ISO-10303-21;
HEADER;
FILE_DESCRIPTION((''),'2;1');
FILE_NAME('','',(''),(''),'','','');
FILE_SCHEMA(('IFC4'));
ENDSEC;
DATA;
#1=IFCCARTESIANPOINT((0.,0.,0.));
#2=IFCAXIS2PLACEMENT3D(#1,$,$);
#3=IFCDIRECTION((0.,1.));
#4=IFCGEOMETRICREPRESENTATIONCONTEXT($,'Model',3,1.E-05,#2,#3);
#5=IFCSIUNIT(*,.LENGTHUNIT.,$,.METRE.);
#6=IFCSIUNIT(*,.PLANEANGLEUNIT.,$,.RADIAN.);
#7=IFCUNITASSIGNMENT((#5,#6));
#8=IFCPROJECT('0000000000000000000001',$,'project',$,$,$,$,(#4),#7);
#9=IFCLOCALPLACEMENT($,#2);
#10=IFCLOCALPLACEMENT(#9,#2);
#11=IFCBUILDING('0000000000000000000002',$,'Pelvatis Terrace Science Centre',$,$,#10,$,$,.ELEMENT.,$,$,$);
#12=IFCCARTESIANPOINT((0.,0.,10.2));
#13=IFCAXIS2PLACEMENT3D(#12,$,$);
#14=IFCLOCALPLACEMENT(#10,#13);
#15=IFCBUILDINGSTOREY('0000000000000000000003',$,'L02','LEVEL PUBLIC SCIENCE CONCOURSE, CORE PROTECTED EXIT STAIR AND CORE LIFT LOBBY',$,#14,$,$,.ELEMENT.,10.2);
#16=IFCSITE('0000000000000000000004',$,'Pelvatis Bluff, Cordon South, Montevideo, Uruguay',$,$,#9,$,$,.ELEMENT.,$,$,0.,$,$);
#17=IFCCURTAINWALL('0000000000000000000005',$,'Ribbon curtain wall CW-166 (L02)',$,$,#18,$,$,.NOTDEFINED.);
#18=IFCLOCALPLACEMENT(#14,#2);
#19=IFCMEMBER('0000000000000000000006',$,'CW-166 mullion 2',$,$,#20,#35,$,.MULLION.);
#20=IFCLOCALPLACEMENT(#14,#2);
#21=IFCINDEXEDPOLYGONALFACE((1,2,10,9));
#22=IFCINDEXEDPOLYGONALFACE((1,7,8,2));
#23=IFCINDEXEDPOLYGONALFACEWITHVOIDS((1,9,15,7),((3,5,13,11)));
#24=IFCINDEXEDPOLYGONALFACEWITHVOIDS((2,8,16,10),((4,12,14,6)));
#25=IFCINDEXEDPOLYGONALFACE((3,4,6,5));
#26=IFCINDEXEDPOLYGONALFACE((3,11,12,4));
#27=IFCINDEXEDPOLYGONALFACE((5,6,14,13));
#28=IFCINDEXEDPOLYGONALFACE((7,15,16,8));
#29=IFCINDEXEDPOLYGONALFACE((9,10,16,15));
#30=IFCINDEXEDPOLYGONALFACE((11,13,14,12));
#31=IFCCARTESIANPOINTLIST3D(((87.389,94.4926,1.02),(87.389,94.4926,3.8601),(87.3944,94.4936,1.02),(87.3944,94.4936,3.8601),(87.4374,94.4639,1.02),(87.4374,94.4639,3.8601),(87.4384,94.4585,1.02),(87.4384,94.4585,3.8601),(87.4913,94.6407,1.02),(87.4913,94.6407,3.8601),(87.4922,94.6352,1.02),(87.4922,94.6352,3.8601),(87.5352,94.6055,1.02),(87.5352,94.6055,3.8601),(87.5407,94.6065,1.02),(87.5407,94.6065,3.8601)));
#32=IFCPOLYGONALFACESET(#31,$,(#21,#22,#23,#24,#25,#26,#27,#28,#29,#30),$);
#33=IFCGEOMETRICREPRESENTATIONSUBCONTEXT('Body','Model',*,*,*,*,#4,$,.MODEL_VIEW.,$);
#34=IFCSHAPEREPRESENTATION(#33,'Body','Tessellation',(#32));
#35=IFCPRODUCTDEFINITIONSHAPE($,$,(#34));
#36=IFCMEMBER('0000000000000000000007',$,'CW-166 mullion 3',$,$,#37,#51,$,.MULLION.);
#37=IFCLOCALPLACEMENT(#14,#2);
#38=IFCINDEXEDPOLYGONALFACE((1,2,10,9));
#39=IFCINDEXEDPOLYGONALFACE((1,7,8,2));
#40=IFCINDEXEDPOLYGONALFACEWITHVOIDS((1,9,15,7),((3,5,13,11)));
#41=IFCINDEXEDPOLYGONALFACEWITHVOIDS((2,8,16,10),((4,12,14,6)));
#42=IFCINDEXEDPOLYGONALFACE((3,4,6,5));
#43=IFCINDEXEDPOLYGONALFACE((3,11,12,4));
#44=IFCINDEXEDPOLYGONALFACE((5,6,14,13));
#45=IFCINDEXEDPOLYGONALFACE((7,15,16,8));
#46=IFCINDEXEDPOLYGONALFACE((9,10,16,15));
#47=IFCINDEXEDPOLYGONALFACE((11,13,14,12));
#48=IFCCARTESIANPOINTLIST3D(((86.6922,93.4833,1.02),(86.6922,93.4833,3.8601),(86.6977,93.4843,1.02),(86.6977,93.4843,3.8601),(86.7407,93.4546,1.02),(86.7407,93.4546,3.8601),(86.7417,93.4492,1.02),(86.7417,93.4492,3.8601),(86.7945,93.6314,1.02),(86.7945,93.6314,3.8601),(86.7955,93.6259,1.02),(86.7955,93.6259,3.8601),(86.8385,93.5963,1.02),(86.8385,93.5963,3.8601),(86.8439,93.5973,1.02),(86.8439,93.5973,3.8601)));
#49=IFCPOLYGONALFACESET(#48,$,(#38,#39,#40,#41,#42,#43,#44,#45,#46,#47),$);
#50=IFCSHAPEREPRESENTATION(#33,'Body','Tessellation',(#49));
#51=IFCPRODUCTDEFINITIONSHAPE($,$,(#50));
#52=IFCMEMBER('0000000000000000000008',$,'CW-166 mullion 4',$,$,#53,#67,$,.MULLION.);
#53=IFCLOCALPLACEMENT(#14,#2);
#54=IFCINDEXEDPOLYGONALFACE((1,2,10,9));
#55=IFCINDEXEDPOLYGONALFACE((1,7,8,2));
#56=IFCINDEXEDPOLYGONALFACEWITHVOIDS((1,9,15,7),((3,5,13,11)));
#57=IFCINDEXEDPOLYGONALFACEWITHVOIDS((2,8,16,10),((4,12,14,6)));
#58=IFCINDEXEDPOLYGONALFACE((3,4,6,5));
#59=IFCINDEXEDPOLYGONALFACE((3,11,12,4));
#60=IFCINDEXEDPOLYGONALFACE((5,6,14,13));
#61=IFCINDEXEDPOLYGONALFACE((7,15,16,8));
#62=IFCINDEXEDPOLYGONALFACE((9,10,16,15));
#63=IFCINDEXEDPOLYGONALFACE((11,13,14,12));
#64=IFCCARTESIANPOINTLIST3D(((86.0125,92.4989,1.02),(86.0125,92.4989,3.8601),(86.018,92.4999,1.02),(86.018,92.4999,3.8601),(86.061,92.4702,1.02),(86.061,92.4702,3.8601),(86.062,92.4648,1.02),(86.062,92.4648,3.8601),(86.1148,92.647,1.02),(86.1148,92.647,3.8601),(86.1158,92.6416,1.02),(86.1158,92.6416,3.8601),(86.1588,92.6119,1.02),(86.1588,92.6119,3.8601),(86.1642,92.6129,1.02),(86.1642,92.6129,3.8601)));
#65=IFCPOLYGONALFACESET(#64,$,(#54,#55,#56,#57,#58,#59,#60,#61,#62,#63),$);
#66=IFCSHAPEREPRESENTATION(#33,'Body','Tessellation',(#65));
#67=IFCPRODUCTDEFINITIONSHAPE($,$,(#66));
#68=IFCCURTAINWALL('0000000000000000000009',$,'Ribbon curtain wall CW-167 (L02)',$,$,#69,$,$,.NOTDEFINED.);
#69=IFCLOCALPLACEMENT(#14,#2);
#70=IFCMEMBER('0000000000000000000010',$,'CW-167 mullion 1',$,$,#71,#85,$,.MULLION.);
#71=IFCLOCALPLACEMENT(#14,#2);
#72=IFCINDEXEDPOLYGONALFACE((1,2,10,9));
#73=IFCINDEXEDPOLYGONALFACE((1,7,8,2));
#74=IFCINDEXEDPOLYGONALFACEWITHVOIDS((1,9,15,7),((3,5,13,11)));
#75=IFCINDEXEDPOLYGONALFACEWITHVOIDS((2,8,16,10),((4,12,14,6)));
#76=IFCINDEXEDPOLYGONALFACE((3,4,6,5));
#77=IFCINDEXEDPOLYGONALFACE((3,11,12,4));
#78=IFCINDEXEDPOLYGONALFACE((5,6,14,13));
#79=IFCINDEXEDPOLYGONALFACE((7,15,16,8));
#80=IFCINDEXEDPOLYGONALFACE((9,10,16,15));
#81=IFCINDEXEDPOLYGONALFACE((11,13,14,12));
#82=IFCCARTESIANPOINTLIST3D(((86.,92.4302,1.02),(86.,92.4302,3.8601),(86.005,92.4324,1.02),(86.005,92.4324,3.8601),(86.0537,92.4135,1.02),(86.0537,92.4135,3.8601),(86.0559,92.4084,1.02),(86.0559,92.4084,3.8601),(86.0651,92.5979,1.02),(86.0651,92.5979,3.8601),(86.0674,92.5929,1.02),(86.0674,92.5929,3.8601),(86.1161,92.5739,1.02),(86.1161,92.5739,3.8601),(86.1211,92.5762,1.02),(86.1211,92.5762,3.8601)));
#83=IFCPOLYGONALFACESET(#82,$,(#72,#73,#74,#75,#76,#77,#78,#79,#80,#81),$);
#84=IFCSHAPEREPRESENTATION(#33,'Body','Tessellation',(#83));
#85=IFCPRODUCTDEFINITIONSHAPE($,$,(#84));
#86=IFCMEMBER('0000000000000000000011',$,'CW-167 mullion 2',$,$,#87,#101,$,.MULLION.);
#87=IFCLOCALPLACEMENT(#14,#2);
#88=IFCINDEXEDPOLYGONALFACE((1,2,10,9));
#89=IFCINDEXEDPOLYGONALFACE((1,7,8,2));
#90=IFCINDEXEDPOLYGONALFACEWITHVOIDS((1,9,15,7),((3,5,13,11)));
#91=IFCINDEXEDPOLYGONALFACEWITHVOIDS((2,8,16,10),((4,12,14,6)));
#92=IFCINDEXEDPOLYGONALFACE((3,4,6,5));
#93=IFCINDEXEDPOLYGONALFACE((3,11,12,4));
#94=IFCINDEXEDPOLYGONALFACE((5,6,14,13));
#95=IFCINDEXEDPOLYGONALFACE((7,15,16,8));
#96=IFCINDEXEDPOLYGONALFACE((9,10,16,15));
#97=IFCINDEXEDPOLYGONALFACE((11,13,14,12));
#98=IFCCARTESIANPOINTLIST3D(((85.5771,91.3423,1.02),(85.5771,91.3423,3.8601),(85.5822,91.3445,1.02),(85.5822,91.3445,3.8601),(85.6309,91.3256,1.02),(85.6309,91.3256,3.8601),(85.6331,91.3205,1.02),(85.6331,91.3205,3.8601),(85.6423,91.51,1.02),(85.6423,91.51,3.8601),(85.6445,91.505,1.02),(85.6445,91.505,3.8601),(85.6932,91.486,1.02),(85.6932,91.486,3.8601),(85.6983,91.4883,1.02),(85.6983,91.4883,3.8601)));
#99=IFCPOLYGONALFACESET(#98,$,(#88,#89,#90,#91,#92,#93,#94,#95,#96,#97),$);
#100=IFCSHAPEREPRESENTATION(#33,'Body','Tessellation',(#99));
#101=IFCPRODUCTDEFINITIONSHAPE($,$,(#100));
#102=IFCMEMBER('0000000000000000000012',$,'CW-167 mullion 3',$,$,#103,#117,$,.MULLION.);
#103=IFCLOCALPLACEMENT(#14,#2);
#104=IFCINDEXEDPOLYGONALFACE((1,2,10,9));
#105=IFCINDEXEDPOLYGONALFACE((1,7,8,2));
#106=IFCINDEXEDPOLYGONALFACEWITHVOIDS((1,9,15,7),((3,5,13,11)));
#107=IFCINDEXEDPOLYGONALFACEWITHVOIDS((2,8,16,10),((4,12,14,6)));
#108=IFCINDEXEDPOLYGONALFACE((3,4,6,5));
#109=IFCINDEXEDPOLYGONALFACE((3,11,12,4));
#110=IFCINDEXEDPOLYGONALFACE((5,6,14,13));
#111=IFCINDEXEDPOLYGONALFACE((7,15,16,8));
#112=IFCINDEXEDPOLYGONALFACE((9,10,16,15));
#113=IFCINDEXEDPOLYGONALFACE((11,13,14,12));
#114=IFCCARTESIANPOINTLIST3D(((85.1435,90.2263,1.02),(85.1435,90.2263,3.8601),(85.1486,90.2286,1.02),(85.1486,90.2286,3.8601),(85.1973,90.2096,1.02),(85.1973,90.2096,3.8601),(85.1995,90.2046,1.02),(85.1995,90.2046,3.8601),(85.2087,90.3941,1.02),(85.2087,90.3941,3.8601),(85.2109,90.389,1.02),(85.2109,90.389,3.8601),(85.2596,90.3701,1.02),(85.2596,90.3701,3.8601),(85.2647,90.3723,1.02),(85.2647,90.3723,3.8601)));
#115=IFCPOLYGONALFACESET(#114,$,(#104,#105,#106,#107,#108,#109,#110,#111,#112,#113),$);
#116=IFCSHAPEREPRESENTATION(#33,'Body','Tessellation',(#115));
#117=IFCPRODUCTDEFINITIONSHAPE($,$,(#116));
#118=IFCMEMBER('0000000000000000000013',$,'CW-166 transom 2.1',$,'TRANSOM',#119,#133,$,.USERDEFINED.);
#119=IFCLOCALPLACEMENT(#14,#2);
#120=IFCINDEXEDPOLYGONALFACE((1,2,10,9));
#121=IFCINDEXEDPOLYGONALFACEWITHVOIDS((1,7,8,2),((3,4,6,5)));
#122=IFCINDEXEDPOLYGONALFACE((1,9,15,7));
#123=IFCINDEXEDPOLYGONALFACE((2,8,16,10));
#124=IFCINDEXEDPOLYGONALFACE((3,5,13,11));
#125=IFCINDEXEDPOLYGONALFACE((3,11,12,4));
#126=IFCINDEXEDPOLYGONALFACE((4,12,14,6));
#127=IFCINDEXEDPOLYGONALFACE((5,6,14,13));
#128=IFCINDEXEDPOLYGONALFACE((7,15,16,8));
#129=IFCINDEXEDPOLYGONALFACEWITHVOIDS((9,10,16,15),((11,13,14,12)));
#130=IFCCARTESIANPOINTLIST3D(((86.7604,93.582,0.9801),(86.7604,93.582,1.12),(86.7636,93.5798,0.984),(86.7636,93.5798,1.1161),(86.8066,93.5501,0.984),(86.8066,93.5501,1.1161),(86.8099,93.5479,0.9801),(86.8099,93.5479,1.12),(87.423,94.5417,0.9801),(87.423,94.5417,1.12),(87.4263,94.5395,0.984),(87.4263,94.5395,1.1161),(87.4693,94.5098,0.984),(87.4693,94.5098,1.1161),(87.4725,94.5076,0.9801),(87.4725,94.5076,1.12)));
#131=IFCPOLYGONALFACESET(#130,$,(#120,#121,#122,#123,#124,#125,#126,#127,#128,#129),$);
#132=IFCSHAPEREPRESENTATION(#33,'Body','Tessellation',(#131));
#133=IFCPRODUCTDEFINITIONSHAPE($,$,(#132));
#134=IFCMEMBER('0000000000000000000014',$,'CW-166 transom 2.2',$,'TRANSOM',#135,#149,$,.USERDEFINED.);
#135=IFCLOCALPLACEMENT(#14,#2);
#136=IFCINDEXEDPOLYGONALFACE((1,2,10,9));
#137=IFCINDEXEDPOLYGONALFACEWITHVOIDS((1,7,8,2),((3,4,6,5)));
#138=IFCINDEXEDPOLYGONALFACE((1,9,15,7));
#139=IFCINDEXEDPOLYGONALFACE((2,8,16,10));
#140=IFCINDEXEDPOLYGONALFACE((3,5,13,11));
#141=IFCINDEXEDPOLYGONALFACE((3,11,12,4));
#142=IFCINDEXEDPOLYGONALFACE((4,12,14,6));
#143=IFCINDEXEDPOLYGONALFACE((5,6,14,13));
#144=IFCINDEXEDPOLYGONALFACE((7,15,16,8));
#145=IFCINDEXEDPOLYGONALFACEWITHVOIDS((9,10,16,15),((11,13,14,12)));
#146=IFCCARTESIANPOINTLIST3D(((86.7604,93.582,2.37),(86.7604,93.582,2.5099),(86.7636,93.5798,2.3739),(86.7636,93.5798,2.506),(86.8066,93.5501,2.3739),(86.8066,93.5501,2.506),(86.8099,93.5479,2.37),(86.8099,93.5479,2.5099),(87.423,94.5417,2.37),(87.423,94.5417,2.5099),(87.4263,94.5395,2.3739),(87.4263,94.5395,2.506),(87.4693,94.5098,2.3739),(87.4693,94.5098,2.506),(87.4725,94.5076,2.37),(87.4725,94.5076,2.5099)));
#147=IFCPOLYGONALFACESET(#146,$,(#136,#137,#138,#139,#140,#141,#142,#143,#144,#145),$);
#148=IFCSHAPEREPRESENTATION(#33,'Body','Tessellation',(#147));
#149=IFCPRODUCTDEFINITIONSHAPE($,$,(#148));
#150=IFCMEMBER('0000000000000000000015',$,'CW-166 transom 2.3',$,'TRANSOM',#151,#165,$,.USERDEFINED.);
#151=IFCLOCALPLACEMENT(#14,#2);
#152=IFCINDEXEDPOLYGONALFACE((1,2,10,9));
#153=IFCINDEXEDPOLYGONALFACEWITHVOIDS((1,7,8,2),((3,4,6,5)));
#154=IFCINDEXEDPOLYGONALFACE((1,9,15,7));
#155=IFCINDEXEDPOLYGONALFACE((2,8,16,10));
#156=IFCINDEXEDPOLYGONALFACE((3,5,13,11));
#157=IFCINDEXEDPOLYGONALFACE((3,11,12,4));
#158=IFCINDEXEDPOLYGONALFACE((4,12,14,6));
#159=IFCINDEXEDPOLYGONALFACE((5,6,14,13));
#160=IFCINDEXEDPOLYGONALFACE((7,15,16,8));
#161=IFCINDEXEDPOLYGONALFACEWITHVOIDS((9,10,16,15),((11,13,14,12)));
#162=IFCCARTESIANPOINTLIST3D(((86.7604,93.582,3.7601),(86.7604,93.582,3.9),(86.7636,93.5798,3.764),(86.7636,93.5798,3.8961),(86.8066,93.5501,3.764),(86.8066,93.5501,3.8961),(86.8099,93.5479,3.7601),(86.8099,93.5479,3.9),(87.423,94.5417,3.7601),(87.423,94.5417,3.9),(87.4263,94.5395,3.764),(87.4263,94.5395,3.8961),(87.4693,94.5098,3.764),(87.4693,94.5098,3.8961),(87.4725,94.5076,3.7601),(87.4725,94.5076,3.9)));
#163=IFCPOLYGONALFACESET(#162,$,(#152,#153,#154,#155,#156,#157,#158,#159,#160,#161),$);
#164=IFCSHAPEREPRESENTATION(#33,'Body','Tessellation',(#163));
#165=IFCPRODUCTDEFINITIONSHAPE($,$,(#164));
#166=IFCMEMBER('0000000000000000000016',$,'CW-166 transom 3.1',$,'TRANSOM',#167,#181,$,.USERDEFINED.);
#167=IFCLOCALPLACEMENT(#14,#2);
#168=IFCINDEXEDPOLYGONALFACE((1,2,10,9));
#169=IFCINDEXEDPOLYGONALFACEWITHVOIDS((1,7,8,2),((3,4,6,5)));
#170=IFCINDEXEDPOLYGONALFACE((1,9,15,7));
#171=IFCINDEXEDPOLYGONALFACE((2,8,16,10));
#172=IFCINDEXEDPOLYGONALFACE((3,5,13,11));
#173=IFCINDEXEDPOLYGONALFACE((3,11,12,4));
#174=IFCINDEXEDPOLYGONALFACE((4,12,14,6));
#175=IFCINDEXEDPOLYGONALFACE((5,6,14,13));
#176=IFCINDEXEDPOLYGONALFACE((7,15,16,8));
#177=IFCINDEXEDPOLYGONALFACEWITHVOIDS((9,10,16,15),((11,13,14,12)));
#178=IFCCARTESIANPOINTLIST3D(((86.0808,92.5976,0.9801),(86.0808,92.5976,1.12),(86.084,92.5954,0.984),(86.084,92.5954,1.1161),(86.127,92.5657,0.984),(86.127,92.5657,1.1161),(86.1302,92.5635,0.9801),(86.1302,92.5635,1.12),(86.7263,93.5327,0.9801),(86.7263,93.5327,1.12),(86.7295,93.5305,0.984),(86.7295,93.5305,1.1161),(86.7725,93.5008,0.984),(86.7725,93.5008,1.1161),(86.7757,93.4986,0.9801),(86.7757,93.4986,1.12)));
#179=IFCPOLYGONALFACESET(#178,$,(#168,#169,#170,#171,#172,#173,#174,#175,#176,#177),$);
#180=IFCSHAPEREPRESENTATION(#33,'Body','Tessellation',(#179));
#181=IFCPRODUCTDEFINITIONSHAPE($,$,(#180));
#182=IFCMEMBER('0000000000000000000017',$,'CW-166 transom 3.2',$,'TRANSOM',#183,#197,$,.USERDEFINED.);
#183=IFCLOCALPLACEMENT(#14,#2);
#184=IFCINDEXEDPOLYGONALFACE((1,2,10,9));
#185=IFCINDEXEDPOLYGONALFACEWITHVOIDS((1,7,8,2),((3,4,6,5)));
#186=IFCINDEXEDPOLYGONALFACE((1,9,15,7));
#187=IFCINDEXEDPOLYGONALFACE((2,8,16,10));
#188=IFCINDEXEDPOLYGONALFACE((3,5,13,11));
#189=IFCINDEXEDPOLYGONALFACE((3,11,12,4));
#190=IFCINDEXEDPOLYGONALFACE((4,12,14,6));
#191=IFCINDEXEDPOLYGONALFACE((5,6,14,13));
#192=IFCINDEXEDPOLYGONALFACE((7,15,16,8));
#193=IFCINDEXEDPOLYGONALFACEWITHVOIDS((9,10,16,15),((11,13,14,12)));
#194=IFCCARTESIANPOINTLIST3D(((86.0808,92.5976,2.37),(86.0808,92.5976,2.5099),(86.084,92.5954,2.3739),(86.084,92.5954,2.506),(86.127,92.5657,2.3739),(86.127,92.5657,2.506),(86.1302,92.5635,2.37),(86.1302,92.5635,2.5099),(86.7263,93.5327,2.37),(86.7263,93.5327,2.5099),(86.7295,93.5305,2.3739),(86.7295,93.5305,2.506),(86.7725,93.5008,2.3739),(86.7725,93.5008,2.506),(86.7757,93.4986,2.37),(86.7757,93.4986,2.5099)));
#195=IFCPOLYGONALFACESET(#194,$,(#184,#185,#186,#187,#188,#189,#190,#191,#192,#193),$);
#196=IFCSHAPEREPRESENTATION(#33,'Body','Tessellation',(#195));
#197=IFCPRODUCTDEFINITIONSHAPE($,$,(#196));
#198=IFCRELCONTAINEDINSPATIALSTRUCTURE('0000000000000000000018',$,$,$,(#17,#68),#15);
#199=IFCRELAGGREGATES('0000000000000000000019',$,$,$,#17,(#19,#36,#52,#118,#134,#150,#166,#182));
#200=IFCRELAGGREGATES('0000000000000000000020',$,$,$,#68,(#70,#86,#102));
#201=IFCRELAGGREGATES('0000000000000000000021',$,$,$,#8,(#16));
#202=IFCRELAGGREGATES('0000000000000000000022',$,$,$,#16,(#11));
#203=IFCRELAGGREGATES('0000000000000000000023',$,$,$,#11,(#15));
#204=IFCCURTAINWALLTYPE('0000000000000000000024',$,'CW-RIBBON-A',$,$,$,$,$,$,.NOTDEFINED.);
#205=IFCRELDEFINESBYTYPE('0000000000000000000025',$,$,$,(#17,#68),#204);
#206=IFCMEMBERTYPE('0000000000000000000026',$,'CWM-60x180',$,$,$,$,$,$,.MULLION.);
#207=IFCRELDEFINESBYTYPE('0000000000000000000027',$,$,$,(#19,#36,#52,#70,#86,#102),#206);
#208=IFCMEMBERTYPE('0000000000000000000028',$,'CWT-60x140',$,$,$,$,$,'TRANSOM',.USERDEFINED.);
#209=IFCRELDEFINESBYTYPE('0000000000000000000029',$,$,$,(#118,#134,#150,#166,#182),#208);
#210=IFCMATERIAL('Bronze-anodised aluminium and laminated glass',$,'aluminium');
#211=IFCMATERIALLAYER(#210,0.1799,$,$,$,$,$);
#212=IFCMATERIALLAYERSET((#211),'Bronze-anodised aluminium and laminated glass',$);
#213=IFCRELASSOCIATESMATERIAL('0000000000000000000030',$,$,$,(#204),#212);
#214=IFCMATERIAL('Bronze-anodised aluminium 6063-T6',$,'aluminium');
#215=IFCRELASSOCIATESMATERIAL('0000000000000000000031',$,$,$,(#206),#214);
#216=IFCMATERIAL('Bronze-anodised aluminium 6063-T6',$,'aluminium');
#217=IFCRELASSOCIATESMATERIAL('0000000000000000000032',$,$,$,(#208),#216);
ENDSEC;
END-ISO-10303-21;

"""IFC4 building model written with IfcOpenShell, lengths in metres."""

from ifc_helpers import new_model, si_unit, direction, frame, origin, origin_2d, place, context, subcontext, project, spatial, hollow_rectangle, extrude, material, layer, layer_set, material_profile, profile_set, type_object, element, aggregate, save


model = new_model("IFC4")

# Units and contexts
model_context = context("Model", 3, precision=1e-05, world=origin(), true_north=direction((0.0, 1.0)))
body_context = subcontext(model_context, "Body", "Model", "MODEL_VIEW")
ifc_project = project(units=[si_unit("LENGTHUNIT", "METRE"), si_unit("PLANEANGLEUNIT", "RADIAN")], contexts=[model_context])

# Site, building, storey
site_placement = place(None, origin())
site = spatial("IfcSite", under=ifc_project, at=site_placement, Name="Pelvatis Bluff, Cordon South, Montevideo, Uruguay", CompositionType="ELEMENT", RefElevation=0.0)
building_placement = place(site_placement, origin())
building = spatial("IfcBuilding", under=site, at=building_placement, Name="Pelvatis Terrace Science Centre", CompositionType="ELEMENT")
storey_placement = place(building_placement, frame((0.0, 0.0, 10.2)))
storey = spatial("IfcBuildingStorey", under=building, at=storey_placement, Name="L02", Description="LEVEL PUBLIC SCIENCE CONCOURSE, CORE PROTECTED EXIT STAIR AND CORE LIFT LOBBY", CompositionType="ELEMENT", Elevation=10.2)

# Curtain walls, members
ifc_material_1 = material(Name="Bronze-anodised aluminium and laminated glass", Category="aluminium")
ifc_layer_1 = layer(ifc_material_1, 0.1799)
ifc_layer_set_1 = layer_set([ifc_layer_1], Name="Bronze-anodised aluminium and laminated glass")
curtain_wall_type = type_object("IfcCurtainWallType", Name="CW-RIBBON-A", PredefinedType="NOTDEFINED", material=ifc_layer_set_1)
curtain_wall_1_placement = place(storey_placement, origin())
curtain_wall_1 = element("IfcCurtainWall", 1, at=curtain_wall_1_placement, inside=storey, type_object=curtain_wall_type, Name="Ribbon curtain wall CW-166 (L02)", PredefinedType="NOTDEFINED")
ifc_material_2 = material(Name="Bronze-anodised aluminium 6063-T6", Category="aluminium")
ifc_material_profile_1 = material_profile(ifc_material_2, hollow_rectangle(XDim=0.0601, YDim=0.1799, WallThickness=0.0039, at=origin_2d()), Name="ALU-MUL 60x180")
ifc_profile_set_1 = profile_set([ifc_material_profile_1], Name="Bronze-anodised aluminium 6063-T6")
member_type_1 = type_object("IfcMemberType", Name="CWM-60x180", PredefinedType="MULLION", material=ifc_profile_set_1)
member_1_placement = place(storey_placement, frame((87.4648, 94.5496, 1.02), z_axis=(0.0, 0.0, 1.0), x_axis=(0.82289, -0.5682, 0.0)))
member_1 = element("IfcMember", 2, at=member_1_placement, type_object=member_type_1, Name="CW-166 mullion 2", PredefinedType="MULLION", context=body_context, shape_type="SweptSolid", body=[
    extrude(hollow_rectangle(XDim=0.0601, YDim=0.1799, WallThickness=0.0039, at=origin_2d()), origin(), (0.0, 0.0, 1.0), 2.8401),
])
member_2_placement = place(storey_placement, frame((86.7681, 93.5403, 1.02), z_axis=(0.0, 0.0, 1.0), x_axis=(0.82289, -0.5682, 0.0)))
member_2 = element("IfcMember", 3, at=member_2_placement, type_object=member_type_1, Name="CW-166 mullion 3", PredefinedType="MULLION", context=body_context, shape_type="SweptSolid", body=[
    extrude(hollow_rectangle(XDim=0.0601, YDim=0.1799, WallThickness=0.0039, at=origin_2d()), origin(), (0.0, 0.0, 1.0), 2.8401),
])
member_3_placement = place(storey_placement, frame((86.0884, 92.5559, 1.02), z_axis=(0.0, 0.0, 1.0), x_axis=(0.82289, -0.5682, 0.0)))
member_3 = element("IfcMember", 4, at=member_3_placement, type_object=member_type_1, Name="CW-166 mullion 4", PredefinedType="MULLION", context=body_context, shape_type="SweptSolid", body=[
    extrude(hollow_rectangle(XDim=0.0601, YDim=0.1799, WallThickness=0.0039, at=origin_2d()), origin(), (0.0, 0.0, 1.0), 2.8401),
])
curtain_wall_2_placement = place(storey_placement, origin())
curtain_wall_2 = element("IfcCurtainWall", 5, at=curtain_wall_2_placement, inside=storey, type_object=curtain_wall_type, Name="Ribbon curtain wall CW-167 (L02)", PredefinedType="NOTDEFINED")
member_4_placement = place(storey_placement, frame((86.0605, 92.5032, 1.02), z_axis=(0.0, 0.0, 1.0), x_axis=(0.932092, -0.362221, 0.0)))
member_4 = element("IfcMember", 6, at=member_4_placement, type_object=member_type_1, Name="CW-167 mullion 1", PredefinedType="MULLION", context=body_context, shape_type="SweptSolid", body=[
    extrude(hollow_rectangle(XDim=0.0601, YDim=0.1799, WallThickness=0.0039, at=origin_2d()), origin(), (0.0, 0.0, 1.0), 2.8401),
])
member_5_placement = place(storey_placement, frame((85.6377, 91.4153, 1.02), z_axis=(0.0, 0.0, 1.0), x_axis=(0.932092, -0.362221, 0.0)))
member_5 = element("IfcMember", 7, at=member_5_placement, type_object=member_type_1, Name="CW-167 mullion 2", PredefinedType="MULLION", context=body_context, shape_type="SweptSolid", body=[
    extrude(hollow_rectangle(XDim=0.0601, YDim=0.1799, WallThickness=0.0039, at=origin_2d()), origin(), (0.0, 0.0, 1.0), 2.8401),
])
member_6_placement = place(storey_placement, frame((85.2041, 90.2993, 1.02), z_axis=(0.0, 0.0, 1.0), x_axis=(0.932092, -0.362221, 0.0)))
member_6 = element("IfcMember", 8, at=member_6_placement, type_object=member_type_1, Name="CW-167 mullion 3", PredefinedType="MULLION", context=body_context, shape_type="SweptSolid", body=[
    extrude(hollow_rectangle(XDim=0.0601, YDim=0.1799, WallThickness=0.0039, at=origin_2d()), origin(), (0.0, 0.0, 1.0), 2.8401),
])

# Members
ifc_material_3 = material(Name="Bronze-anodised aluminium 6063-T6", Category="aluminium")
ifc_material_profile_2 = material_profile(ifc_material_3, hollow_rectangle(XDim=0.0601, YDim=0.1399, WallThickness=0.0039, at=origin_2d()), Name="ALU-TRN 60x140")
ifc_profile_set_2 = profile_set([ifc_material_profile_2], Name="Bronze-anodised aluminium 6063-T6")
member_type_2 = type_object("IfcMemberType", Name="CWT-60x140", ElementType="TRANSOM", PredefinedType="USERDEFINED", material=ifc_profile_set_2)
member_7_placement = place(storey_placement, frame((87.4478, 94.5247, 1.05), z_axis=(-0.568154, -0.822923, 0.0), x_axis=(0.822923, -0.568154, 0.0)))
member_7 = element("IfcMember", 9, at=member_7_placement, type_object=member_type_2, Name="CW-166 transom 2.1", ObjectType="TRANSOM", PredefinedType="USERDEFINED", context=body_context, shape_type="SweptSolid", body=[
    extrude(hollow_rectangle(XDim=0.0601, YDim=0.1399, WallThickness=0.0039, at=origin_2d()), origin(), (0.0, 0.0, 1.0), 1.1663),
])
member_8_placement = place(storey_placement, frame((87.4478, 94.5247, 2.4399), z_axis=(-0.568154, -0.822923, 0.0), x_axis=(0.822923, -0.568154, 0.0)))
member_8 = element("IfcMember", 10, at=member_8_placement, type_object=member_type_2, Name="CW-166 transom 2.2", ObjectType="TRANSOM", PredefinedType="USERDEFINED", context=body_context, shape_type="SweptSolid", body=[
    extrude(hollow_rectangle(XDim=0.0601, YDim=0.1399, WallThickness=0.0039, at=origin_2d()), origin(), (0.0, 0.0, 1.0), 1.1663),
])
member_9_placement = place(storey_placement, frame((87.4478, 94.5247, 3.8301), z_axis=(-0.568154, -0.822923, 0.0), x_axis=(0.822923, -0.568154, 0.0)))
member_9 = element("IfcMember", 11, at=member_9_placement, type_object=member_type_2, Name="CW-166 transom 2.3", ObjectType="TRANSOM", PredefinedType="USERDEFINED", context=body_context, shape_type="SweptSolid", body=[
    extrude(hollow_rectangle(XDim=0.0601, YDim=0.1399, WallThickness=0.0039, at=origin_2d()), origin(), (0.0, 0.0, 1.0), 1.1663),
])
member_10_placement = place(storey_placement, frame((86.751, 93.5156, 1.05), z_axis=(-0.568114, -0.82295, 0.0), x_axis=(0.82295, -0.568114, 0.0)))
member_10 = element("IfcMember", 12, at=member_10_placement, type_object=member_type_2, Name="CW-166 transom 3.1", ObjectType="TRANSOM", PredefinedType="USERDEFINED", context=body_context, shape_type="SweptSolid", body=[
    extrude(hollow_rectangle(XDim=0.0601, YDim=0.1399, WallThickness=0.0039, at=origin_2d()), origin(), (0.0, 0.0, 1.0), 1.1362),
])
member_11_placement = place(storey_placement, frame((86.751, 93.5156, 2.4399), z_axis=(-0.568114, -0.82295, 0.0), x_axis=(0.82295, -0.568114, 0.0)))
member_11 = element("IfcMember", 13, at=member_11_placement, type_object=member_type_2, Name="CW-166 transom 3.2", ObjectType="TRANSOM", PredefinedType="USERDEFINED", context=body_context, shape_type="SweptSolid", body=[
    extrude(hollow_rectangle(XDim=0.0601, YDim=0.1399, WallThickness=0.0039, at=origin_2d()), origin(), (0.0, 0.0, 1.0), 1.1362),
])

aggregate(curtain_wall_1, [member_1, member_2, member_3, member_7, member_8, member_9, member_10, member_11])
aggregate(curtain_wall_2, [member_4, member_5, member_6])

save(model, "model.ifc")
